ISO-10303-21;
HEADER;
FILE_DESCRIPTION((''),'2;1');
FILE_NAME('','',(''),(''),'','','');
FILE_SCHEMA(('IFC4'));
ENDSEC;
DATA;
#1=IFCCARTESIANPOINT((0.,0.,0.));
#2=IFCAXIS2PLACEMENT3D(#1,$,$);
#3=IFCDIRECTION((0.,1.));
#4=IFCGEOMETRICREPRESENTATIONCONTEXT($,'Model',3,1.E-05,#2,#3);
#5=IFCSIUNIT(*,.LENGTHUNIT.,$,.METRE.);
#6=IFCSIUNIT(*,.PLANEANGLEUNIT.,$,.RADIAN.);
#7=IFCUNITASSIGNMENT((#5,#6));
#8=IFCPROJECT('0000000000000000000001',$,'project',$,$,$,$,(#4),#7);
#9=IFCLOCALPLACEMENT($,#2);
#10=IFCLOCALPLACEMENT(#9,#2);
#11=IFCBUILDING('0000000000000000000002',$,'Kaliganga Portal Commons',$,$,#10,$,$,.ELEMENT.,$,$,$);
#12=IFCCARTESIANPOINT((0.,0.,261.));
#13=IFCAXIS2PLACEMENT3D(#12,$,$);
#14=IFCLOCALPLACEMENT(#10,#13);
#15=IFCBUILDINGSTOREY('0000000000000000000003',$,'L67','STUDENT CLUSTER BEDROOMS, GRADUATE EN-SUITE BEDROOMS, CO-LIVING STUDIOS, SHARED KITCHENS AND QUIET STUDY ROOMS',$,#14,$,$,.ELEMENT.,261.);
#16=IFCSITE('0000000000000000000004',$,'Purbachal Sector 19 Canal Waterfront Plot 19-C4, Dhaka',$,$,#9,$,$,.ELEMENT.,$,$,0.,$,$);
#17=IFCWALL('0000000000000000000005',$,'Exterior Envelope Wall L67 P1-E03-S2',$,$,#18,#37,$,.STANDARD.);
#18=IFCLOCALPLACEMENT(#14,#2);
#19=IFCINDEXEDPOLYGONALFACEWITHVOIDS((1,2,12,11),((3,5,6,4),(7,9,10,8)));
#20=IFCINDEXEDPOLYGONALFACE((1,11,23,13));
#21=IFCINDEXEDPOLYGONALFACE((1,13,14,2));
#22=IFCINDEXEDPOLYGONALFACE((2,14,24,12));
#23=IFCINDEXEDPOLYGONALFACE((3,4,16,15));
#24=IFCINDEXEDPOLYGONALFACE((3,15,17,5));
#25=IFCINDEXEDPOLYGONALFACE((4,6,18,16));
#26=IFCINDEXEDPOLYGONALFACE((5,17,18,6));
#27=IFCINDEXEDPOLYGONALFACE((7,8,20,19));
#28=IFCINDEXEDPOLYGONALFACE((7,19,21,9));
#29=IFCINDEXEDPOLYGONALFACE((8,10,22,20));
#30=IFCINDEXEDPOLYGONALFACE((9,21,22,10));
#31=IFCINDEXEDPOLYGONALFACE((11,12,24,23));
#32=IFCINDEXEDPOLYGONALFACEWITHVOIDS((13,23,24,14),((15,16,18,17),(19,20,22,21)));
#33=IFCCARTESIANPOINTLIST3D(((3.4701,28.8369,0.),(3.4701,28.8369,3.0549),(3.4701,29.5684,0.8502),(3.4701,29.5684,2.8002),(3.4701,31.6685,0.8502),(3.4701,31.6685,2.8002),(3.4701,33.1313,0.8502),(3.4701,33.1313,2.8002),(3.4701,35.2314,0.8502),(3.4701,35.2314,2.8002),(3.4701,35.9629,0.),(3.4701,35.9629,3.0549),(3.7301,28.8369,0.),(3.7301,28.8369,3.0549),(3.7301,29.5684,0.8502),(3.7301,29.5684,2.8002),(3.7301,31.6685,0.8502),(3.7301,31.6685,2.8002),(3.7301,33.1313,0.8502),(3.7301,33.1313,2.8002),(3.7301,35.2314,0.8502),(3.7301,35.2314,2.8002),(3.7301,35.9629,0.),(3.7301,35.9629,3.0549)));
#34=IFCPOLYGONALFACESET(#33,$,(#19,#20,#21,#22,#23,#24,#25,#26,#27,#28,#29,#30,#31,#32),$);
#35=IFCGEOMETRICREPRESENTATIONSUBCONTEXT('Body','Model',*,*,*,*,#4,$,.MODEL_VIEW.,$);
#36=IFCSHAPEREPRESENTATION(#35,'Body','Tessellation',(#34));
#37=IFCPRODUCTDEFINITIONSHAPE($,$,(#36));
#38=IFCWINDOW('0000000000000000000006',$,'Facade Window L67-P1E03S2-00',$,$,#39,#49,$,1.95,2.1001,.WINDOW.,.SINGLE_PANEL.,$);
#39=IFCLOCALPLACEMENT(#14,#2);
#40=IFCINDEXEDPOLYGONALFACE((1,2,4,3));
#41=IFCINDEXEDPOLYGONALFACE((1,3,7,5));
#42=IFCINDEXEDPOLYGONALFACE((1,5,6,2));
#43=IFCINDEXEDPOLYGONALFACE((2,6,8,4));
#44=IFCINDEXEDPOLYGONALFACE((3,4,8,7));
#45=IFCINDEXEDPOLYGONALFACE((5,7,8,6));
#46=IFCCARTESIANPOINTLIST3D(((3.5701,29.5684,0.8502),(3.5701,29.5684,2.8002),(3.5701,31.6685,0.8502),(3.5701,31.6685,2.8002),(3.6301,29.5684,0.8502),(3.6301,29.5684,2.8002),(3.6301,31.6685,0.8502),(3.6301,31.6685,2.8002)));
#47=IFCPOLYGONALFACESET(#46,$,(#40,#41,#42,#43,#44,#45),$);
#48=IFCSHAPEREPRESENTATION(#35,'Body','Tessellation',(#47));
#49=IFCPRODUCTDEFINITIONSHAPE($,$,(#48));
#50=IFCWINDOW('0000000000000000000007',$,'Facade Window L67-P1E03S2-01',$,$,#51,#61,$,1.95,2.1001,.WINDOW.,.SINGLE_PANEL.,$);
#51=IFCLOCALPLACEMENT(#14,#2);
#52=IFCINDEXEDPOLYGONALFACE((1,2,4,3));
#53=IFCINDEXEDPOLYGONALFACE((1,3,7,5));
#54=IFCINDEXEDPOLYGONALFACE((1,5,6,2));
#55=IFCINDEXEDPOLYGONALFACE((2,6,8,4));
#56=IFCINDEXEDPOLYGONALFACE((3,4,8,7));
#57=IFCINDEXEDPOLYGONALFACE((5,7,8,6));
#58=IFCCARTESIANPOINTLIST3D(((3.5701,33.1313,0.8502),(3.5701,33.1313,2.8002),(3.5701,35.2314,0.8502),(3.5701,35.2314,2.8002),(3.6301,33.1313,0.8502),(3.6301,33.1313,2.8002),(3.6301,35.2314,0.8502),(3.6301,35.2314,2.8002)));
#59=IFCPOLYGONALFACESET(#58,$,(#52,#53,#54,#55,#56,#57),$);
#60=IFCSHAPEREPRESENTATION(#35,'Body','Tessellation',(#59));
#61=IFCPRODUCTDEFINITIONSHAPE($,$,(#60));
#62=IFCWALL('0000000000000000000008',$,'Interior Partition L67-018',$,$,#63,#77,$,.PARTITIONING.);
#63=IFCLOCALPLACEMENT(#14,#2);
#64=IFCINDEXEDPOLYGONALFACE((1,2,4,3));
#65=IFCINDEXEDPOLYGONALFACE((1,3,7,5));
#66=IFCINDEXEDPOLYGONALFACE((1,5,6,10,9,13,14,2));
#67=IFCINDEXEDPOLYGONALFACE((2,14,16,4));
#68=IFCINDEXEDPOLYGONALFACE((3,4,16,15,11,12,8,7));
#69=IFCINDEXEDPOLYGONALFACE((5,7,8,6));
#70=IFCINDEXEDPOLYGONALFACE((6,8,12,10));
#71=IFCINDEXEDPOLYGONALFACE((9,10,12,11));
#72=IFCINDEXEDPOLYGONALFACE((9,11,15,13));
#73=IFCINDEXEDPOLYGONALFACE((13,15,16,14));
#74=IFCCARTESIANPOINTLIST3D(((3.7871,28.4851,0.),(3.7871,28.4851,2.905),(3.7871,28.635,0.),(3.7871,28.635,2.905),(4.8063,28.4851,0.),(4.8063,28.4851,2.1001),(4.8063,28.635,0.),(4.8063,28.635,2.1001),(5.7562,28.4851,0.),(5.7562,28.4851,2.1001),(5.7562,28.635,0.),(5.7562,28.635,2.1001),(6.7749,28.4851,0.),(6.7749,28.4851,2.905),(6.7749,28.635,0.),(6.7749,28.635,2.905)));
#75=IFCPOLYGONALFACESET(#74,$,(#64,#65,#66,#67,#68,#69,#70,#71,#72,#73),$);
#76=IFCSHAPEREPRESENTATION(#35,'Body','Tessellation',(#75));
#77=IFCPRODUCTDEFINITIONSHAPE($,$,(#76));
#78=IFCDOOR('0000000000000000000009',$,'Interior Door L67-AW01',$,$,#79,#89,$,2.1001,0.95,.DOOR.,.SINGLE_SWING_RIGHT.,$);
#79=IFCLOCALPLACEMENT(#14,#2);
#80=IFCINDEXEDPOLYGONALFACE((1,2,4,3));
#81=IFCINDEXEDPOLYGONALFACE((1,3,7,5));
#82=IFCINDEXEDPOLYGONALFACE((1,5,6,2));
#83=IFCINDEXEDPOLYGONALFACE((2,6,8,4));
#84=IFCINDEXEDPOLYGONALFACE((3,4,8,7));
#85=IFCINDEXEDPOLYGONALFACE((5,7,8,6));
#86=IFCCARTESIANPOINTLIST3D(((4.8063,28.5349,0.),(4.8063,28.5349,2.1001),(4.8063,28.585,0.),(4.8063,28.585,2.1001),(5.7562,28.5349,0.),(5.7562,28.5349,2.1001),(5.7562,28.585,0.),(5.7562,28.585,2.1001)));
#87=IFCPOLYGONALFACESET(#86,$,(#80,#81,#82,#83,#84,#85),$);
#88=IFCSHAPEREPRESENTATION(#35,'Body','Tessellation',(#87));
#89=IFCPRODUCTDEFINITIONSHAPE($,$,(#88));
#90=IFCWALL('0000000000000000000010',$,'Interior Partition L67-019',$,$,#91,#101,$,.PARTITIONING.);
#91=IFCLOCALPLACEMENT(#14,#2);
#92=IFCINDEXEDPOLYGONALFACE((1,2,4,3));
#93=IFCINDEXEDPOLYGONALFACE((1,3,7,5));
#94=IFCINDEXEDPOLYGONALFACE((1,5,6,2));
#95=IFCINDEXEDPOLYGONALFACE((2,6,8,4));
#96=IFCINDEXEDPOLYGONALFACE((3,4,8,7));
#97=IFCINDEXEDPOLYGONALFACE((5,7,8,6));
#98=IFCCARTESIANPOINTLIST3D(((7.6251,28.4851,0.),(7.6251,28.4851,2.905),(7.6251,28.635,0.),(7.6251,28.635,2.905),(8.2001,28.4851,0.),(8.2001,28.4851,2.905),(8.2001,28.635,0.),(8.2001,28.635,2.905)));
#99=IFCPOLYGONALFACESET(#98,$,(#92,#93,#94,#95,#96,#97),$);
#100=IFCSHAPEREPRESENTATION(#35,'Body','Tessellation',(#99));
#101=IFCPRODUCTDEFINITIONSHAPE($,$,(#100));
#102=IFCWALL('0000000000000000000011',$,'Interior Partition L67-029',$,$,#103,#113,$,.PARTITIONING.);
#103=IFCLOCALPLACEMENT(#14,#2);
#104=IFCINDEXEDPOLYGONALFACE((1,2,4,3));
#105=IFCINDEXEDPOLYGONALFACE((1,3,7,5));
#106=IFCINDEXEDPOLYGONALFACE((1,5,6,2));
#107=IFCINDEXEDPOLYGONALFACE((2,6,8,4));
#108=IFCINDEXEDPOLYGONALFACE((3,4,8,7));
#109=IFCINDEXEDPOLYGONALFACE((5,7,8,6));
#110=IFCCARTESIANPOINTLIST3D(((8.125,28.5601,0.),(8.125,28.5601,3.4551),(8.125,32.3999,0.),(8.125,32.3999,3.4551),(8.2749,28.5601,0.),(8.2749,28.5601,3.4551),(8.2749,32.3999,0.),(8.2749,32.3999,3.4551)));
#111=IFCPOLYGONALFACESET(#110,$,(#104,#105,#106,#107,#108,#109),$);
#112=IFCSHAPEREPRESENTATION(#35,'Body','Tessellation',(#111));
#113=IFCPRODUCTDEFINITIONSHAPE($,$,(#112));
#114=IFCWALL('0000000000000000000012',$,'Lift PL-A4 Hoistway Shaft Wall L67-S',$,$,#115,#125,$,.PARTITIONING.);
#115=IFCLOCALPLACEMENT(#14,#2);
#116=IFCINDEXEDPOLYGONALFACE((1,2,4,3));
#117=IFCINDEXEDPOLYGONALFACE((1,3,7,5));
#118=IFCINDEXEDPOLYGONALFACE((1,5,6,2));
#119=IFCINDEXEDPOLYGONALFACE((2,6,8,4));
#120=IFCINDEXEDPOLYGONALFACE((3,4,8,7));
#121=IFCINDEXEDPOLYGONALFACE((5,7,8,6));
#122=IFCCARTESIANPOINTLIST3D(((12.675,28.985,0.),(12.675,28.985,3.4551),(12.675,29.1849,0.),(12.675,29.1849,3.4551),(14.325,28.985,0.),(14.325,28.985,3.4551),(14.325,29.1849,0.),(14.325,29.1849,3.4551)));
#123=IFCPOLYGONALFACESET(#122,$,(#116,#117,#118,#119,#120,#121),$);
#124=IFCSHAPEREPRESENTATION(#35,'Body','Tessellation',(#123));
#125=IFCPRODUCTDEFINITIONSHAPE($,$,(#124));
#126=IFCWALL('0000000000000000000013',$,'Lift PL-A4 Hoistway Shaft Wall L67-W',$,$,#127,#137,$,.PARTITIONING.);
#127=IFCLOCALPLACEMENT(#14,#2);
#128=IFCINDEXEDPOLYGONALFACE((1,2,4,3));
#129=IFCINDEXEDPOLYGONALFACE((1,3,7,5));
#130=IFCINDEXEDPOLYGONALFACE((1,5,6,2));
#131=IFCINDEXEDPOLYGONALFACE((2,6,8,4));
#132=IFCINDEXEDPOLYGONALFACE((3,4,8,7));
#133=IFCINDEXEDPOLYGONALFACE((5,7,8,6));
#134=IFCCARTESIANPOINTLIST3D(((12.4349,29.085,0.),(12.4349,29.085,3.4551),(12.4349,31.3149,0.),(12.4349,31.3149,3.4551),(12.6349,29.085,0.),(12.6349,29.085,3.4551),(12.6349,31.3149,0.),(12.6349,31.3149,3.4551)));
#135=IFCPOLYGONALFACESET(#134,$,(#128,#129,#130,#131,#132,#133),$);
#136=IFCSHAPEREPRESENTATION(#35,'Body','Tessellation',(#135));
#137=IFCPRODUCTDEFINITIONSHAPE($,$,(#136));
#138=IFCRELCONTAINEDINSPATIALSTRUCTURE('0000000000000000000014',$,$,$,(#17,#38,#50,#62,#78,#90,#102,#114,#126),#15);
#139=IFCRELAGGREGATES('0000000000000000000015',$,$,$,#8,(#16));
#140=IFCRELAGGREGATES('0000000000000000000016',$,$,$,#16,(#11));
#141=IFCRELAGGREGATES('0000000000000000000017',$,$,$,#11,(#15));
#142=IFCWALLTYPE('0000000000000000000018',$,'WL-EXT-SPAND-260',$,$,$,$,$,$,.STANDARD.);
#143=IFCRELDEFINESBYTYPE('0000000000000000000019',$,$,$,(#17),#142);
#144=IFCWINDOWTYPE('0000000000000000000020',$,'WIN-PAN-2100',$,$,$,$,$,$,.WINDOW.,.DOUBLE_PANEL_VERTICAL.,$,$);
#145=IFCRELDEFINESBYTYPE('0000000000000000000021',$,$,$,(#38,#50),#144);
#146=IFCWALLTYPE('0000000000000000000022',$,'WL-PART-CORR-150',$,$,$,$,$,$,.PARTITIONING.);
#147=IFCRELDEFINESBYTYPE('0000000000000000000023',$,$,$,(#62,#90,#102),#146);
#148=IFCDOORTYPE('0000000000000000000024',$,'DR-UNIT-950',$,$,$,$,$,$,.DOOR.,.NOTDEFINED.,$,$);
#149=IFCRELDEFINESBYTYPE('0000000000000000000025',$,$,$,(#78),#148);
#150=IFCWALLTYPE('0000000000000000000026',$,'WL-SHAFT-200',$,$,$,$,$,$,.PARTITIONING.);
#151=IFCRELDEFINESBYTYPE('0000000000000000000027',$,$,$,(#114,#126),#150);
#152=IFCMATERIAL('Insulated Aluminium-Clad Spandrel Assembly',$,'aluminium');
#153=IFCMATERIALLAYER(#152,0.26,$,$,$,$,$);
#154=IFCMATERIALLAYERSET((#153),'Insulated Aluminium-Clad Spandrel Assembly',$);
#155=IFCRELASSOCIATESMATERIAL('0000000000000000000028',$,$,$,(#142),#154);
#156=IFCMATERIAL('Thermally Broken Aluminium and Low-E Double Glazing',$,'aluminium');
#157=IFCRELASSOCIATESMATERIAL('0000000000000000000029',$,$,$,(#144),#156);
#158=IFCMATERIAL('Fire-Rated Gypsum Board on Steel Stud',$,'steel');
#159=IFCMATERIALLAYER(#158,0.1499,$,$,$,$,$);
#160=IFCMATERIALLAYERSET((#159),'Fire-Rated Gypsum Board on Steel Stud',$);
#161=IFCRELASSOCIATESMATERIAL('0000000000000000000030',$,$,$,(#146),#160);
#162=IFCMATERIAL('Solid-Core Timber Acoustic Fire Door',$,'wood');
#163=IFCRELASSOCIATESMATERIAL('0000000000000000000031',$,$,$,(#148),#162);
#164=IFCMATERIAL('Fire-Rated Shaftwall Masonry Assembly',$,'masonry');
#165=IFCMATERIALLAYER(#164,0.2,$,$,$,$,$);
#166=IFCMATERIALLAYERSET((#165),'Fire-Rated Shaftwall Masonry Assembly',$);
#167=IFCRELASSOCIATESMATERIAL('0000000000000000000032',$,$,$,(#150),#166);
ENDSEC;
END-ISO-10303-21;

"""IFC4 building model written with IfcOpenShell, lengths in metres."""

from ifc_helpers import new_model, si_unit, direction, frame, frame_2d, origin, place, context, subcontext, project, spatial, rectangle, extrude, material, layer, layer_set, type_object, element, fill, save


model = new_model("IFC4")

# Units and contexts
model_context = context("Model", 3, precision=1e-05, world=origin(), true_north=direction((0.0, 1.0)))
body_context = subcontext(model_context, "Body", "Model", "MODEL_VIEW")
ifc_project = project(units=[si_unit("LENGTHUNIT", "METRE"), si_unit("PLANEANGLEUNIT", "RADIAN")], contexts=[model_context])

# Site, building, storey
site_placement = place(None, origin())
site = spatial("IfcSite", under=ifc_project, at=site_placement, Name="Purbachal Sector 19 Canal Waterfront Plot 19-C4, Dhaka", CompositionType="ELEMENT", RefElevation=0.0)
building_placement = place(site_placement, origin())
building = spatial("IfcBuilding", under=site, at=building_placement, Name="Kaliganga Portal Commons", CompositionType="ELEMENT")
storey_placement = place(building_placement, frame((0.0, 0.0, 261.0)))
storey = spatial("IfcBuildingStorey", under=building, at=storey_placement, Name="L67", Description="STUDENT CLUSTER BEDROOMS, GRADUATE EN-SUITE BEDROOMS, CO-LIVING STUDIOS, SHARED KITCHENS AND QUIET STUDY ROOMS", CompositionType="ELEMENT", Elevation=261.0)

# Wall, openings, windows
ifc_material_1 = material(Name="Insulated Aluminium-Clad Spandrel Assembly", Category="aluminium")
ifc_layer_1 = layer(ifc_material_1, 0.26)
ifc_layer_set_1 = layer_set([ifc_layer_1], Name="Insulated Aluminium-Clad Spandrel Assembly")
wall_type_1 = type_object("IfcWallType", Name="WL-EXT-SPAND-260", PredefinedType="STANDARD", material=ifc_layer_set_1)
wall_1_placement = place(storey_placement, frame((3.6001, 28.8369, 0.0), z_axis=(0.0, 0.0, 1.0), x_axis=(0.0, 1.0, 0.0)))
wall_1 = element("IfcWall", 1, at=wall_1_placement, inside=storey, type_object=wall_type_1, Name="Exterior Envelope Wall L67 P1-E03-S2", PredefinedType="STANDARD", context=body_context, shape_type="SweptSolid", body=[
    extrude(rectangle(XDim=7.126, YDim=0.26, at=frame_2d((3.563, 0.0))), origin(), (0.0, 0.0, 1.0), 3.0549),
])
opening_1_placement = place(wall_1_placement, frame((0.7314, 0.0, 0.8501)))
opening_1 = element("IfcOpeningElement", 2, at=opening_1_placement, cuts=wall_1, PredefinedType="OPENING", context=body_context, shape_type="SweptSolid", body=[
    extrude(rectangle(XDim=2.1001, YDim=1.95, at=frame_2d((1.05, 0.9751))), frame((0.0, 0.1401, 0.0), z_axis=(0.0, -1.0, 0.0), x_axis=(1.0, 0.0, 0.0)), (0.0, 0.0, 1.0), 0.28),
])
opening_2_placement = place(wall_1_placement, frame((4.2944, 0.0, 0.8501)))
opening_2 = element("IfcOpeningElement", 3, at=opening_2_placement, cuts=wall_1, PredefinedType="OPENING", context=body_context, shape_type="SweptSolid", body=[
    extrude(rectangle(XDim=2.1001, YDim=1.95, at=frame_2d((1.05, 0.9751))), frame((0.0, 0.1401, 0.0), z_axis=(0.0, -1.0, 0.0), x_axis=(1.0, 0.0, 0.0)), (0.0, 0.0, 1.0), 0.28),
])
ifc_material_2 = material(Name="Thermally Broken Aluminium and Low-E Double Glazing", Category="aluminium")
window_type = type_object("IfcWindowType", Name="WIN-PAN-2100", PartitioningType="DOUBLE_PANEL_VERTICAL", PredefinedType="WINDOW", material=ifc_material_2)
window_1_placement = place(opening_1_placement, origin())
window_1 = element("IfcWindow", 4, at=window_1_placement, inside=storey, type_object=window_type, Name="Facade Window L67-P1E03S2-00", OverallHeight=1.95, OverallWidth=2.1001, PartitioningType="SINGLE_PANEL", PredefinedType="WINDOW", context=body_context, shape_type="SweptSolid", body=[
    extrude(rectangle(XDim=2.1001, YDim=1.95, at=frame_2d((1.05, 0.9751))), frame((0.0, 0.03, 0.0), z_axis=(0.0, -1.0, 0.0), x_axis=(1.0, 0.0, 0.0)), (0.0, 0.0, 1.0), 0.0601),
])
fill(opening_1, window_1)
window_2_placement = place(opening_2_placement, origin())
window_2 = element("IfcWindow", 5, at=window_2_placement, inside=storey, type_object=window_type, Name="Facade Window L67-P1E03S2-01", OverallHeight=1.95, OverallWidth=2.1001, PartitioningType="SINGLE_PANEL", PredefinedType="WINDOW", context=body_context, shape_type="SweptSolid", body=[
    extrude(rectangle(XDim=2.1001, YDim=1.95, at=frame_2d((1.05, 0.9751))), frame((0.0, 0.03, 0.0), z_axis=(0.0, -1.0, 0.0), x_axis=(1.0, 0.0, 0.0)), (0.0, 0.0, 1.0), 0.0601),
])
fill(opening_2, window_2)

# Wall, opening, door
ifc_material_3 = material(Name="Fire-Rated Gypsum Board on Steel Stud", Category="steel")
ifc_layer_2 = layer(ifc_material_3, 0.1499)
ifc_layer_set_2 = layer_set([ifc_layer_2], Name="Fire-Rated Gypsum Board on Steel Stud")
wall_type_2 = type_object("IfcWallType", Name="WL-PART-CORR-150", PredefinedType="PARTITIONING", material=ifc_layer_set_2)
wall_2_placement = place(storey_placement, frame((3.7871, 28.5601, 0.0), z_axis=(0.0, 0.0, 1.0), x_axis=(1.0, 0.0, 0.0)))
wall_2 = element("IfcWall", 6, at=wall_2_placement, inside=storey, type_object=wall_type_2, Name="Interior Partition L67-018", PredefinedType="PARTITIONING", context=body_context, shape_type="SweptSolid", body=[
    extrude(rectangle(XDim=2.9878, YDim=0.1499, at=frame_2d((1.4939, 0.0))), origin(), (0.0, 0.0, 1.0), 2.905),
])
opening_3_placement = place(wall_2_placement, frame((1.019, 0.0, 0.0)))
opening_3 = element("IfcOpeningElement", 7, at=opening_3_placement, cuts=wall_2, PredefinedType="OPENING", context=body_context, shape_type="SweptSolid", body=[
    extrude(rectangle(XDim=0.95, YDim=2.1001, at=frame_2d((0.4751, 1.05))), frame((0.0, 0.085, 0.0), z_axis=(0.0, -1.0, 0.0), x_axis=(1.0, 0.0, 0.0)), (0.0, 0.0, 1.0), 0.1699),
])
ifc_material_4 = material(Name="Solid-Core Timber Acoustic Fire Door", Category="wood")
door_type = type_object("IfcDoorType", Name="DR-UNIT-950", OperationType="NOTDEFINED", PredefinedType="DOOR", material=ifc_material_4)
door_placement = place(opening_3_placement, origin())
door = element("IfcDoor", 8, at=door_placement, inside=storey, type_object=door_type, Name="Interior Door L67-AW01", OperationType="SINGLE_SWING_RIGHT", OverallHeight=2.1001, OverallWidth=0.95, PredefinedType="DOOR", context=body_context, shape_type="SweptSolid", body=[
    extrude(rectangle(XDim=0.95, YDim=2.1001, at=frame_2d((0.4751, 1.05))), frame((0.0, 0.0249, 0.0), z_axis=(0.0, -1.0, 0.0), x_axis=(1.0, 0.0, 0.0)), (0.0, 0.0, 1.0), 0.05),
])
fill(opening_3, door)

# Walls
wall_3_placement = place(storey_placement, frame((7.625, 28.5601, 0.0), z_axis=(0.0, 0.0, 1.0), x_axis=(1.0, 0.0, 0.0)))
element("IfcWall", 9, at=wall_3_placement, inside=storey, type_object=wall_type_2, Name="Interior Partition L67-019", PredefinedType="PARTITIONING", context=body_context, shape_type="SweptSolid", body=[
    extrude(rectangle(XDim=0.575, YDim=0.1499, at=frame_2d((0.2876, 0.0))), origin(), (0.0, 0.0, 1.0), 2.905),
])
wall_4_placement = place(storey_placement, frame((8.2, 28.5601, 0.0), z_axis=(0.0, 0.0, 1.0), x_axis=(0.0, 1.0, 0.0)))
element("IfcWall", 10, at=wall_4_placement, inside=storey, type_object=wall_type_2, Name="Interior Partition L67-029", PredefinedType="PARTITIONING", context=body_context, shape_type="SweptSolid", body=[
    extrude(rectangle(XDim=3.8398, YDim=0.1499, at=frame_2d((1.9199, 0.0))), origin(), (0.0, 0.0, 1.0), 3.4551),
])
ifc_material_5 = material(Name="Fire-Rated Shaftwall Masonry Assembly", Category="masonry")
ifc_layer_3 = layer(ifc_material_5, 0.2)
ifc_layer_set_3 = layer_set([ifc_layer_3], Name="Fire-Rated Shaftwall Masonry Assembly")
wall_type_3 = type_object("IfcWallType", Name="WL-SHAFT-200", PredefinedType="PARTITIONING", material=ifc_layer_set_3)
wall_5_placement = place(storey_placement, frame((12.675, 29.085, 0.0), z_axis=(0.0, 0.0, 1.0), x_axis=(1.0, 0.0, 0.0)))
element("IfcWall", 11, at=wall_5_placement, inside=storey, type_object=wall_type_3, Name="Lift PL-A4 Hoistway Shaft Wall L67-S", PredefinedType="PARTITIONING", context=body_context, shape_type="SweptSolid", body=[
    extrude(rectangle(XDim=1.6499, YDim=0.2, at=frame_2d((0.825, 0.0))), origin(), (0.0, 0.0, 1.0), 3.4551),
])
wall_6_placement = place(storey_placement, frame((12.5349, 29.085, 0.0), z_axis=(0.0, 0.0, 1.0), x_axis=(0.0, 1.0, 0.0)))
element("IfcWall", 12, at=wall_6_placement, inside=storey, type_object=wall_type_3, Name="Lift PL-A4 Hoistway Shaft Wall L67-W", PredefinedType="PARTITIONING", context=body_context, shape_type="SweptSolid", body=[
    extrude(rectangle(XDim=2.23, YDim=0.2, at=frame_2d((1.115, 0.0))), origin(), (0.0, 0.0, 1.0), 3.4551),
])

save(model, "model.ifc")
